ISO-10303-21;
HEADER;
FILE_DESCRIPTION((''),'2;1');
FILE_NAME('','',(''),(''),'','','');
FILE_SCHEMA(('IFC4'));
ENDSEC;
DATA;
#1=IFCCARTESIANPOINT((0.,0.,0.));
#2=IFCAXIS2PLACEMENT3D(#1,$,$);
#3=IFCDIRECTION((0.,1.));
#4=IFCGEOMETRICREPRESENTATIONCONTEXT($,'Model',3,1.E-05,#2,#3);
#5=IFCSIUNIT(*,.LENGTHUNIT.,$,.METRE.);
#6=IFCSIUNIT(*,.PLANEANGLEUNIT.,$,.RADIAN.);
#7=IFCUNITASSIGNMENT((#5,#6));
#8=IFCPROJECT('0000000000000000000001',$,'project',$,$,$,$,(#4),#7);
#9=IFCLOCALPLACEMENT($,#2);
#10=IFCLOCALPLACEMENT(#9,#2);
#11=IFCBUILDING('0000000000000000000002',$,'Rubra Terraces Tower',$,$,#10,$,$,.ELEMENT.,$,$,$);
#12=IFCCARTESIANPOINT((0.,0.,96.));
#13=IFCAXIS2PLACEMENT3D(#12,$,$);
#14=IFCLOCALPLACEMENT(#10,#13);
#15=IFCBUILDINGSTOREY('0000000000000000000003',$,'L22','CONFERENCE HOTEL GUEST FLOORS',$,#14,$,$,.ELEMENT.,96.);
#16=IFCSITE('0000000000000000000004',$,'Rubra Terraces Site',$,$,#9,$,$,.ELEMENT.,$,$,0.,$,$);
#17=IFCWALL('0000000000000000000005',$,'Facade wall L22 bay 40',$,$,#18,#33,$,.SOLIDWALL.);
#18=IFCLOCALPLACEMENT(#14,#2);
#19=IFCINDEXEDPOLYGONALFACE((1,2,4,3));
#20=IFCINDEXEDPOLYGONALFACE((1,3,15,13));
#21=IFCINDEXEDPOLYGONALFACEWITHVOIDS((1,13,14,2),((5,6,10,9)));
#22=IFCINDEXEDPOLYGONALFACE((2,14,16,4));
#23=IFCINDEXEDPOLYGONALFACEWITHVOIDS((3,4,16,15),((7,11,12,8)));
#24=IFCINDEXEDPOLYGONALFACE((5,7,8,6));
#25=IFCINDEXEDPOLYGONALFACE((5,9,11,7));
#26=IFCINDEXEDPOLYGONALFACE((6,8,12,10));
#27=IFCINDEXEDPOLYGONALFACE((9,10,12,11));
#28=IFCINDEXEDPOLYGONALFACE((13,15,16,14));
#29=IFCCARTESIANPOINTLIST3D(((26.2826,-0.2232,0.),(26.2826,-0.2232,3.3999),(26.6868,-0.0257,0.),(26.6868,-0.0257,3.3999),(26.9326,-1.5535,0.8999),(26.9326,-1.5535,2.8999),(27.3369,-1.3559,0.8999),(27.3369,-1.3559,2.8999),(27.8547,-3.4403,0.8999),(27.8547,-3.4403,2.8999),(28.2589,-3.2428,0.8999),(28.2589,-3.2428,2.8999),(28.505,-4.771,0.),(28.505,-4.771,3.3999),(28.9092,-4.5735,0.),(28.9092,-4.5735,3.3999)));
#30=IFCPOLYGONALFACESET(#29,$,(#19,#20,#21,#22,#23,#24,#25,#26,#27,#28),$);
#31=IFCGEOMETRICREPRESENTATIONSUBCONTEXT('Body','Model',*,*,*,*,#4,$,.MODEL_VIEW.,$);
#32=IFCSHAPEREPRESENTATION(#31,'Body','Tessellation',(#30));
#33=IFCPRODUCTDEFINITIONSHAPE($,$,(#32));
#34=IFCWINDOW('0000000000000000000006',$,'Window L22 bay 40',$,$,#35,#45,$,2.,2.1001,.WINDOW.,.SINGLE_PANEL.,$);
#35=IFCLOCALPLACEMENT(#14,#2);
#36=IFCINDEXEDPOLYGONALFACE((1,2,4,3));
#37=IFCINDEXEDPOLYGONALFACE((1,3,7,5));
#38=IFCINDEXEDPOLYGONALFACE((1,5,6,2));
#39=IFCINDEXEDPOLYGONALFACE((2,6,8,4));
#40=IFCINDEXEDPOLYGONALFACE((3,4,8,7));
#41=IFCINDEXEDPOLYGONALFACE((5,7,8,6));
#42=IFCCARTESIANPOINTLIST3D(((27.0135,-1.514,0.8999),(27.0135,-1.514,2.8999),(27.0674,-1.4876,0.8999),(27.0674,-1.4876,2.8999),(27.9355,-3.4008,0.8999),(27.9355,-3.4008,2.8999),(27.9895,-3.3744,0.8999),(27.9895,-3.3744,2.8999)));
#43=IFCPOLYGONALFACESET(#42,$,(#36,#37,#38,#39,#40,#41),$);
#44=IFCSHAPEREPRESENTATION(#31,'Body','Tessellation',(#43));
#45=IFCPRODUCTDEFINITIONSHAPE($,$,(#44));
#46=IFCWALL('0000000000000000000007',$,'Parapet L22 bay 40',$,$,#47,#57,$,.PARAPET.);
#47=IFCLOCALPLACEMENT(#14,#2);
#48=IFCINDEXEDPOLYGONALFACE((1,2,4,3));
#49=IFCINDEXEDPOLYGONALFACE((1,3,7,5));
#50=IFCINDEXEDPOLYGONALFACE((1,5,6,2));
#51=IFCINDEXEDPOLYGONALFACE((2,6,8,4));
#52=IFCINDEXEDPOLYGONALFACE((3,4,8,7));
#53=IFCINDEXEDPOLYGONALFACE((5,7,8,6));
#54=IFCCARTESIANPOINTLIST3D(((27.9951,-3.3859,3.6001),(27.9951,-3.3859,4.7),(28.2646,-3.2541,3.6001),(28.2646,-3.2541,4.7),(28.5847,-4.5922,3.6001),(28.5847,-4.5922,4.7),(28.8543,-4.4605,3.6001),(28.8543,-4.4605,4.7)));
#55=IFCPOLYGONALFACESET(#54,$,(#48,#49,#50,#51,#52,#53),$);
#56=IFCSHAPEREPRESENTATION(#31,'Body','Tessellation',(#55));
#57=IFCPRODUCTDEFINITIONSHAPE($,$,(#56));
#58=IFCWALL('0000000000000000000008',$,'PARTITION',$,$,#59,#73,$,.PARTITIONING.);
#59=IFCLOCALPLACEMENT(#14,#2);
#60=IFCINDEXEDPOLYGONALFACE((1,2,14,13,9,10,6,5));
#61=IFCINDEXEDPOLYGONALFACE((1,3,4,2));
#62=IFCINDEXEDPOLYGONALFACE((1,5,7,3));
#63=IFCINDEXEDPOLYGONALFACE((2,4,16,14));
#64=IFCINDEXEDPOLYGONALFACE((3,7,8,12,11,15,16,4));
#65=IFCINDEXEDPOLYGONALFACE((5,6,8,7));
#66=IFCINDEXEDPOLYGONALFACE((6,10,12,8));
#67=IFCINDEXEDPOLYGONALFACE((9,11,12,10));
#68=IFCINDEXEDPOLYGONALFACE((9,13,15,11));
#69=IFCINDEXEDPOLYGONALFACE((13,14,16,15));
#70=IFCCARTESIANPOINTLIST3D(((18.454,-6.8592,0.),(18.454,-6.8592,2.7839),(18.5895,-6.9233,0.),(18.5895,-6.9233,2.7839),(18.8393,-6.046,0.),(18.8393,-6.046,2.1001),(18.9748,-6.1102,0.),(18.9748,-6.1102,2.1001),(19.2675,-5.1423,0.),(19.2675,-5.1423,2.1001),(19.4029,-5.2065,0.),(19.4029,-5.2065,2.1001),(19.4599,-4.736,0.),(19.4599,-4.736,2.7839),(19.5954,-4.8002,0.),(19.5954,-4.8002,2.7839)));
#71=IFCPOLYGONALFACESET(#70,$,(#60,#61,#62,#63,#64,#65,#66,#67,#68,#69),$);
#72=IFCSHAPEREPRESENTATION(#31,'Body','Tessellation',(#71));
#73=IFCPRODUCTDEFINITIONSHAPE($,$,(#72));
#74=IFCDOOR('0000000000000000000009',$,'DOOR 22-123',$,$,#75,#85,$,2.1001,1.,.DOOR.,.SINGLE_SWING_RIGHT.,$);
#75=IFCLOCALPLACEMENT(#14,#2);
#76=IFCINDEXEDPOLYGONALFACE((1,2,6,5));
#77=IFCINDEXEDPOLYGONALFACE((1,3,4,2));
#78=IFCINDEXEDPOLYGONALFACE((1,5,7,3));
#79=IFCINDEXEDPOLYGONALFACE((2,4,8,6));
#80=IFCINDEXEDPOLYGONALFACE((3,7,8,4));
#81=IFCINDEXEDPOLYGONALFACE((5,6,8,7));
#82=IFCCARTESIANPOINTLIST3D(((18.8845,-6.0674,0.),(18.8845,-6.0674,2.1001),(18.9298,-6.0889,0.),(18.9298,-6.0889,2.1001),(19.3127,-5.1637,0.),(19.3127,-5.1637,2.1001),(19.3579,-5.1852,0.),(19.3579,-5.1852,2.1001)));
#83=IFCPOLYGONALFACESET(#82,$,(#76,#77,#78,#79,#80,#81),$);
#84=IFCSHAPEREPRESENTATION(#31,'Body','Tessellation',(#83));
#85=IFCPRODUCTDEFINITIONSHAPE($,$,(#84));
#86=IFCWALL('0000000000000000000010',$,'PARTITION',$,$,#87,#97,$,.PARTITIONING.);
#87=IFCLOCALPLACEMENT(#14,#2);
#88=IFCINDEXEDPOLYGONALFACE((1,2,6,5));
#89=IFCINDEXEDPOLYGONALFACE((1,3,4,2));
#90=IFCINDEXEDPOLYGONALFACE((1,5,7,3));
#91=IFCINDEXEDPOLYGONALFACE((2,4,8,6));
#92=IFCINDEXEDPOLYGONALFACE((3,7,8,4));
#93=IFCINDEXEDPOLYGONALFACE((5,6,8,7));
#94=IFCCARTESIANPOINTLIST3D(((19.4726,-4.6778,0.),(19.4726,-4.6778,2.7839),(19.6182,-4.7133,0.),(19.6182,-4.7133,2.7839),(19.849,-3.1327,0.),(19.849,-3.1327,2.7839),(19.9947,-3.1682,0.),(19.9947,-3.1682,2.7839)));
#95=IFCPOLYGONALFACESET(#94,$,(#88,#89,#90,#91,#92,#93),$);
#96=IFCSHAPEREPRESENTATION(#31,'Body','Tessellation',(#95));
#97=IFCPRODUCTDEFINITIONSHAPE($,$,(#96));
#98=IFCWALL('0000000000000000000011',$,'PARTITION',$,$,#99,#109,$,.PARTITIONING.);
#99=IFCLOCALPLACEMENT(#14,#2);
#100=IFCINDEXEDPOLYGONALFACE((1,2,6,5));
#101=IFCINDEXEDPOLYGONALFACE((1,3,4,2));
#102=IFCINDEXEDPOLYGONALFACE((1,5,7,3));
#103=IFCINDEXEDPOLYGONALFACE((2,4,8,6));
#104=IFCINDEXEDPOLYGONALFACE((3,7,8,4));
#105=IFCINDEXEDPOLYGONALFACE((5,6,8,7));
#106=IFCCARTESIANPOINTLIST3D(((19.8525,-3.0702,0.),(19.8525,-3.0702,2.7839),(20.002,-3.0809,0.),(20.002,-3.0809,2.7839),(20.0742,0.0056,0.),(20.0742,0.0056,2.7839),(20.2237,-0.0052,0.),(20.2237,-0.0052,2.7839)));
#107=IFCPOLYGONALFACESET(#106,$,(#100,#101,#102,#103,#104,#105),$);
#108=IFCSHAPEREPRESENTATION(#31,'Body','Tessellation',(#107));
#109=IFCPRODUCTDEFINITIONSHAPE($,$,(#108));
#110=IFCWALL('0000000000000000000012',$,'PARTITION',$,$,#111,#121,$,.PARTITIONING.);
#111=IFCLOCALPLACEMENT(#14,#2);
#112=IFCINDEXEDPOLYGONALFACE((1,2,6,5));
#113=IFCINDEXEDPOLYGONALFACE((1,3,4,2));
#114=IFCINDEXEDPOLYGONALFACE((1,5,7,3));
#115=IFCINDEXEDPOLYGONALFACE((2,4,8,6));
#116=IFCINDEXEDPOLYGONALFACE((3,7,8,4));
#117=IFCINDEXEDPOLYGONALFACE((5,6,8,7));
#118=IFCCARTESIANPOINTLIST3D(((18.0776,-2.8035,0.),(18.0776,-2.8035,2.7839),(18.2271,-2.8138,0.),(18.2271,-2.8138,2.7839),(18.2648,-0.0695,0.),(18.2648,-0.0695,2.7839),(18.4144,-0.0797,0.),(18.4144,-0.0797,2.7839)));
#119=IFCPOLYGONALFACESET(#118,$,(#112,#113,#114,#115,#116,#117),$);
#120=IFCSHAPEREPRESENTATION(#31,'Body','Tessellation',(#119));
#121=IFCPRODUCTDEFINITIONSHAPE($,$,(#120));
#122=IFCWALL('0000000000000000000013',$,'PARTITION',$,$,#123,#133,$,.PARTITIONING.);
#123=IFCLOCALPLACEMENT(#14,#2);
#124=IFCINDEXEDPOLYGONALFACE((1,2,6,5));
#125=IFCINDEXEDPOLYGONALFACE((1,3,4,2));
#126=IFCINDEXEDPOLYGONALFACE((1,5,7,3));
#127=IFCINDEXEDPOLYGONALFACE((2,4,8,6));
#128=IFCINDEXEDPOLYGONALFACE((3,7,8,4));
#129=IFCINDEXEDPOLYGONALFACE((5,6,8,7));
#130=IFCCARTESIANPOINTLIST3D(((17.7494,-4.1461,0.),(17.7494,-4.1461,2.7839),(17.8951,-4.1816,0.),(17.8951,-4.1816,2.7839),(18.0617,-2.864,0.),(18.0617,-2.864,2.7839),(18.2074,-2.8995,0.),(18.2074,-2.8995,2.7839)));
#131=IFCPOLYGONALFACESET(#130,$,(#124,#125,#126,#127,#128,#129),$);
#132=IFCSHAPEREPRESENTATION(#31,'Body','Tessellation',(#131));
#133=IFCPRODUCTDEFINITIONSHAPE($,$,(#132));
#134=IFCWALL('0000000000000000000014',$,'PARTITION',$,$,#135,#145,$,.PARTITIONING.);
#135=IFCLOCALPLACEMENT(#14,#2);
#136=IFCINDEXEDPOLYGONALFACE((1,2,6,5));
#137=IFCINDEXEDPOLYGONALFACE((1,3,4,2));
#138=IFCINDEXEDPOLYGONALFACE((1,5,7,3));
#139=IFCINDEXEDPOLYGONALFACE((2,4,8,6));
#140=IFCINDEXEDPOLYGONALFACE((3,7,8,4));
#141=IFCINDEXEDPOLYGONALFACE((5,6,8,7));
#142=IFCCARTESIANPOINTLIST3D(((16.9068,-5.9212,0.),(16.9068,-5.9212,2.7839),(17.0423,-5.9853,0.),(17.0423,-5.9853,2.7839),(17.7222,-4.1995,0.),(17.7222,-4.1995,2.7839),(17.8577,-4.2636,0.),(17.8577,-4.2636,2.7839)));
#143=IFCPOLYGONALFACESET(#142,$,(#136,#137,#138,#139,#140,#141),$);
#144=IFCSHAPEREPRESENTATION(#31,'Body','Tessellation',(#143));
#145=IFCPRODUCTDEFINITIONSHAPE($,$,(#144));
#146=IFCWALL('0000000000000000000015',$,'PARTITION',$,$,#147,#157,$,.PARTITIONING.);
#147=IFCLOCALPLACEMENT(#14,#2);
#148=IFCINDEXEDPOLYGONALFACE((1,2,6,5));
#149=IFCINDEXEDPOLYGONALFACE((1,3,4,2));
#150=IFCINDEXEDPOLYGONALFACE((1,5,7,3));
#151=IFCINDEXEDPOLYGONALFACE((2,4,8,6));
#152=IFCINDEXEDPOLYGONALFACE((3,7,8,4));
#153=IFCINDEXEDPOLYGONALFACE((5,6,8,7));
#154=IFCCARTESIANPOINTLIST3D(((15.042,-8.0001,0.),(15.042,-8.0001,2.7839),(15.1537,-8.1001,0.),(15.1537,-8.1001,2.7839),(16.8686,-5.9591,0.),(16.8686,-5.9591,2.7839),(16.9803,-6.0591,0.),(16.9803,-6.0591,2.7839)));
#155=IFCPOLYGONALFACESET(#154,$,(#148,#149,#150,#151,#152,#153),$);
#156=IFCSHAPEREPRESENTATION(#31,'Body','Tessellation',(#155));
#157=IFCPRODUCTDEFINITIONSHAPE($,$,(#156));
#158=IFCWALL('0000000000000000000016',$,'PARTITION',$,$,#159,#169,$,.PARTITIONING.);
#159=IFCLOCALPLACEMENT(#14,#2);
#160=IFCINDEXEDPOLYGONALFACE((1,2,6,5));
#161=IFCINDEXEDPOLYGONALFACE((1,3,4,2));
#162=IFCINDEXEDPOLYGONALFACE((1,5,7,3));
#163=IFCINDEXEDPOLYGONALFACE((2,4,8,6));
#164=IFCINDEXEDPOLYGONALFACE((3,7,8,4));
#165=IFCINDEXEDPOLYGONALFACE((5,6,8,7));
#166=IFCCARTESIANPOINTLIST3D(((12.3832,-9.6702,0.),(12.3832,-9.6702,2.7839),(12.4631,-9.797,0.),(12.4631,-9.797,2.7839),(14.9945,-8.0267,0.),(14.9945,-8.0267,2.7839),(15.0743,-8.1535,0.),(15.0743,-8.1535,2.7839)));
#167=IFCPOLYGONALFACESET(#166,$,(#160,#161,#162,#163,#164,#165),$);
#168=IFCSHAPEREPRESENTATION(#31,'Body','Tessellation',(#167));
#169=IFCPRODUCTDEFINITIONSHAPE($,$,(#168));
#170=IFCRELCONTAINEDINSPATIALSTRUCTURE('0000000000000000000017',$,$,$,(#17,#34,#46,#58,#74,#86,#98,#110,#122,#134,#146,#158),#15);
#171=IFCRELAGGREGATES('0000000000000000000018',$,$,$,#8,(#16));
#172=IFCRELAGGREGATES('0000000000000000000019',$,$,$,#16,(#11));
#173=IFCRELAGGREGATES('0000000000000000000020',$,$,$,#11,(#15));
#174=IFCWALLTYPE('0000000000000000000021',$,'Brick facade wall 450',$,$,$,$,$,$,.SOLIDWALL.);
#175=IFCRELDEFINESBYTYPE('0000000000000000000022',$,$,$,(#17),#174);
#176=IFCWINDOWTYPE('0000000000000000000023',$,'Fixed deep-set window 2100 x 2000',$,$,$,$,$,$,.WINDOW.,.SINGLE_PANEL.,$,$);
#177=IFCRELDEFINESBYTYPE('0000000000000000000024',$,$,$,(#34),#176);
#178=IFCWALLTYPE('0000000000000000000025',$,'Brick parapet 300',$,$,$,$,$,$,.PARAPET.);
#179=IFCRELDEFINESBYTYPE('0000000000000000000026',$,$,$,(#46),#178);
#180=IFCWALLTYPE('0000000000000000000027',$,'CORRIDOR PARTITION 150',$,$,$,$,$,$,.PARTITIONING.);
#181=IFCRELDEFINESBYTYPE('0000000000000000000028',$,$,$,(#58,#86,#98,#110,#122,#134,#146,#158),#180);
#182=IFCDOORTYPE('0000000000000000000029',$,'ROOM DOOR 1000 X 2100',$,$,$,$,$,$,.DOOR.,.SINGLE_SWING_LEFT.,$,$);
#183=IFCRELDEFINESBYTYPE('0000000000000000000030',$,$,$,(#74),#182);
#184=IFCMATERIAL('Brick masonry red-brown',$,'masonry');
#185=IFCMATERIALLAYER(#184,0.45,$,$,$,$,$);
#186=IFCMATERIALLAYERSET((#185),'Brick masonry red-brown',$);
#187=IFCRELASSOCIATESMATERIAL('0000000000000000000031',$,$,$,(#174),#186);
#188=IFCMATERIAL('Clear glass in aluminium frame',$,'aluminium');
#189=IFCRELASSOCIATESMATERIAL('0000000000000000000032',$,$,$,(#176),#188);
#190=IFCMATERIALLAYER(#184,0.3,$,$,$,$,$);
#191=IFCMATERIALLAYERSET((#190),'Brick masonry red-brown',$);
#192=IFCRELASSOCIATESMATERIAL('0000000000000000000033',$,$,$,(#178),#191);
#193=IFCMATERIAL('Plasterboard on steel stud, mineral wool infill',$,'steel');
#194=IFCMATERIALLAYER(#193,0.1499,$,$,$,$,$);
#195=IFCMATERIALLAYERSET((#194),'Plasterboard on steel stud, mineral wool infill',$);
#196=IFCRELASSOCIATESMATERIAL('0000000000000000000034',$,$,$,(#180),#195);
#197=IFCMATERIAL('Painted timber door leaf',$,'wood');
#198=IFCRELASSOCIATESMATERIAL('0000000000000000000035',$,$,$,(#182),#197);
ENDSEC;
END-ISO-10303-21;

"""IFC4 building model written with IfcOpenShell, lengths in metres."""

from ifc_helpers import new_model, si_unit, direction, frame, frame_2d, origin, place, context, subcontext, project, spatial, rectangle, extrude, material, layer, layer_set, type_object, element, fill, save


model = new_model("IFC4")

# Units and contexts
model_context = context("Model", 3, precision=1e-05, world=origin(), true_north=direction((0.0, 1.0)))
body_context = subcontext(model_context, "Body", "Model", "MODEL_VIEW")
ifc_project = project(units=[si_unit("LENGTHUNIT", "METRE"), si_unit("PLANEANGLEUNIT", "RADIAN")], contexts=[model_context])

# Site, building, storey
site_placement = place(None, origin())
site = spatial("IfcSite", under=ifc_project, at=site_placement, Name="Rubra Terraces Site", CompositionType="ELEMENT", RefElevation=0.0)
building_placement = place(site_placement, origin())
building = spatial("IfcBuilding", under=site, at=building_placement, Name="Rubra Terraces Tower", CompositionType="ELEMENT")
storey_placement = place(building_placement, frame((0.0, 0.0, 96.0)))
storey = spatial("IfcBuildingStorey", under=building, at=storey_placement, Name="L22", Description="CONFERENCE HOTEL GUEST FLOORS", CompositionType="ELEMENT", Elevation=96.0)

# Wall, opening, window
ifc_material_1 = material(Name="Brick masonry red-brown", Category="masonry")
ifc_layer_1 = layer(ifc_material_1, 0.45)
ifc_layer_set_1 = layer_set([ifc_layer_1], Name="Brick masonry red-brown")
wall_type_1 = type_object("IfcWallType", Name="Brick facade wall 450", PredefinedType="SOLIDWALL", material=ifc_layer_set_1)
ifc_material_2 = material(Name="Clear glass in aluminium frame", Category="aluminium")
window_type = type_object("IfcWindowType", Name="Fixed deep-set window 2100 x 2000", PartitioningType="SINGLE_PANEL", PredefinedType="WINDOW", material=ifc_material_2)
wall_1_placement = place(storey_placement, frame((28.707, -4.6721, 0.0), z_axis=(0.0, 0.0, 1.0), x_axis=(-0.439054, 0.898461, 0.0)))
wall_1 = element("IfcWall", 1, at=wall_1_placement, inside=storey, type_object=wall_type_1, Name="Facade wall L22 bay 40", PredefinedType="SOLIDWALL", context=body_context, shape_type="SweptSolid", body=[
    extrude(rectangle(XDim=5.0618, YDim=0.45, at=frame_2d((2.5308, 0.0))), origin(), (0.0, 0.0, 1.0), 3.3999),
])
opening_1_placement = place(wall_1_placement, frame((1.481, 0.0, 0.8999)))
opening_1 = element("IfcOpeningElement", 2, at=opening_1_placement, cuts=wall_1, PredefinedType="OPENING", context=body_context, shape_type="SweptSolid", body=[
    extrude(rectangle(XDim=2.1001, YDim=2.0, at=frame_2d((1.05, 1.0))), frame((0.0, 0.2349, 0.0), z_axis=(0.0, -1.0, 0.0), x_axis=(1.0, 0.0, 0.0)), (0.0, 0.0, 1.0), 0.47),
])
window_1_placement = place(opening_1_placement, origin())
window_1 = element("IfcWindow", 3, at=window_1_placement, inside=storey, type_object=window_type, Name="Window L22 bay 40", OverallHeight=2.0, OverallWidth=2.1001, PartitioningType="SINGLE_PANEL", PredefinedType="WINDOW", context=body_context, shape_type="SweptSolid", body=[
    extrude(rectangle(XDim=2.1001, YDim=2.0, at=frame_2d((1.05, 1.0))), frame((0.0, 0.135, 0.0), z_axis=(0.0, -1.0, 0.0), x_axis=(1.0, 0.0, 0.0)), (0.0, 0.0, 1.0), 0.0601),
])
fill(opening_1, window_1)

# Wall
ifc_layer_2 = layer(ifc_material_1, 0.3)
ifc_layer_set_2 = layer_set([ifc_layer_2], Name="Brick masonry red-brown")
wall_type_2 = type_object("IfcWallType", Name="Brick parapet 300", PredefinedType="PARAPET", material=ifc_layer_set_2)
wall_2_placement = place(storey_placement, frame((28.7195, -4.5264, 3.6001), z_axis=(0.0, 0.0, 1.0), x_axis=(-0.439122, 0.898427, 0.0)))
element("IfcWall", 4, at=wall_2_placement, inside=storey, type_object=wall_type_2, Name="Parapet L22 bay 40", PredefinedType="PARAPET", context=body_context, shape_type="SweptSolid", body=[
    extrude(rectangle(XDim=1.3428, YDim=0.3, at=frame_2d((0.6714, 0.0))), origin(), (0.0, 0.0, 1.0), 1.0999),
])

# Wall, opening, door
ifc_material_3 = material(Name="Plasterboard on steel stud, mineral wool infill", Category="steel")
ifc_layer_3 = layer(ifc_material_3, 0.1499)
ifc_layer_set_3 = layer_set([ifc_layer_3], Name="Plasterboard on steel stud, mineral wool infill")
wall_type_3 = type_object("IfcWallType", Name="CORRIDOR PARTITION 150", PredefinedType="PARTITIONING", material=ifc_layer_set_3)
wall_3_placement = place(storey_placement, frame((18.5217, -6.8914, 0.0), z_axis=(0.0, 0.0, 1.0), x_axis=(0.428158, 0.903704, 0.0)))
wall_3 = element("IfcWall", 5, at=wall_3_placement, inside=storey, type_object=wall_type_3, Name="PARTITION", PredefinedType="PARTITIONING", context=body_context, shape_type="SweptSolid", body=[
    extrude(rectangle(XDim=2.3494, YDim=0.1499, at=frame_2d((1.1748, 0.0))), origin(), (0.0, 0.0, 1.0), 2.7839),
])
opening_2_placement = place(wall_3_placement, frame((0.8999, 0.0, 0.0)))
opening_2 = element("IfcOpeningElement", 6, at=opening_2_placement, cuts=wall_3, PredefinedType="OPENING", context=body_context, shape_type="SweptSolid", body=[
    extrude(rectangle(XDim=1.0, YDim=2.1001, at=frame_2d((0.5, 1.05))), frame((0.0, 0.085, 0.0), z_axis=(0.0, -1.0, 0.0), x_axis=(1.0, 0.0, 0.0)), (0.0, 0.0, 1.0), 0.1699),
])
ifc_material_4 = material(Name="Painted timber door leaf", Category="wood")
door_type_1 = type_object("IfcDoorType", Name="ROOM DOOR 1000 X 2100", OperationType="SINGLE_SWING_LEFT", PredefinedType="DOOR", material=ifc_material_4)
door_1_placement = place(opening_2_placement, origin())
door_1 = element("IfcDoor", 7, at=door_1_placement, inside=storey, type_object=door_type_1, Name="DOOR 22-123", OperationType="SINGLE_SWING_RIGHT", OverallHeight=2.1001, OverallWidth=1.0, PredefinedType="DOOR", context=body_context, shape_type="SweptSolid", body=[
    extrude(rectangle(XDim=1.0, YDim=2.1001, at=frame_2d((0.5, 1.05))), frame((0.0, 0.0249, 0.0), z_axis=(0.0, -1.0, 0.0), x_axis=(1.0, 0.0, 0.0)), (0.0, 0.0, 1.0), 0.05),
])
fill(opening_2, door_1)

# Walls
wall_4_placement = place(storey_placement, frame((19.5454, -4.6956, 0.0), z_axis=(0.0, 0.0, 1.0), x_axis=(0.236716, 0.971579, 0.0)))
element("IfcWall", 8, at=wall_4_placement, inside=storey, type_object=wall_type_3, Name="PARTITION", PredefinedType="PARTITIONING", context=body_context, shape_type="SweptSolid", body=[
    extrude(rectangle(XDim=1.5903, YDim=0.1499, at=frame_2d((0.7952, 0.0))), origin(), (0.0, 0.0, 1.0), 2.7839),
])
wall_5_placement = place(storey_placement, frame((19.9272, -3.0757, 0.0), z_axis=(0.0, 0.0, 1.0), x_axis=(0.071888, 0.997413, 0.0)))
element("IfcWall", 9, at=wall_5_placement, inside=storey, type_object=wall_type_3, Name="PARTITION", PredefinedType="PARTITIONING", context=body_context, shape_type="SweptSolid", body=[
    extrude(rectangle(XDim=3.0837, YDim=0.1499, at=frame_2d((1.542, 0.0))), origin(), (0.0, 0.0, 1.0), 2.7839),
])
wall_6_placement = place(storey_placement, frame((18.3396, -0.0747, 0.0), z_axis=(0.0, 0.0, 1.0), x_axis=(-0.068328, -0.997663, 0.0)))
element("IfcWall", 10, at=wall_6_placement, inside=storey, type_object=wall_type_3, Name="PARTITION", PredefinedType="PARTITIONING", context=body_context, shape_type="SweptSolid", body=[
    extrude(rectangle(XDim=2.7405, YDim=0.1499, at=frame_2d((1.3701, 0.0))), origin(), (0.0, 0.0, 1.0), 2.7839),
])
wall_7_placement = place(storey_placement, frame((18.1345, -2.8818, 0.0), z_axis=(0.0, 0.0, 1.0), x_axis=(-0.236654, -0.971594, 0.0)))
element("IfcWall", 11, at=wall_7_placement, inside=storey, type_object=wall_type_3, Name="PARTITION", PredefinedType="PARTITIONING", context=body_context, shape_type="SweptSolid", body=[
    extrude(rectangle(XDim=1.3196, YDim=0.1499, at=frame_2d((0.6597, 0.0))), origin(), (0.0, 0.0, 1.0), 2.7839),
])
wall_8_placement = place(storey_placement, frame((17.79, -4.2314, 0.0), z_axis=(0.0, 0.0, 1.0), x_axis=(-0.428042, -0.903759, 0.0)))
element("IfcWall", 12, at=wall_8_placement, inside=storey, type_object=wall_type_3, Name="PARTITION", PredefinedType="PARTITIONING", context=body_context, shape_type="SweptSolid", body=[
    extrude(rectangle(XDim=1.905, YDim=0.1499, at=frame_2d((0.9526, 0.0))), origin(), (0.0, 0.0, 1.0), 2.7839),
])
wall_9_placement = place(storey_placement, frame((16.9246, -6.009, 0.0), z_axis=(0.0, 0.0, 1.0), x_axis=(-0.666894, -0.745153, 0.0)))
element("IfcWall", 13, at=wall_9_placement, inside=storey, type_object=wall_type_3, Name="PARTITION", PredefinedType="PARTITIONING", context=body_context, shape_type="SweptSolid", body=[
    extrude(rectangle(XDim=2.739, YDim=0.1499, at=frame_2d((1.3696, 0.0))), origin(), (0.0, 0.0, 1.0), 2.7839),
])
wall_10_placement = place(storey_placement, frame((15.0344, -8.0901, 0.0), z_axis=(0.0, 0.0, 1.0), x_axis=(-0.846323, -0.532671, 0.0)))
element("IfcWall", 14, at=wall_10_placement, inside=storey, type_object=wall_type_3, Name="PARTITION", PredefinedType="PARTITIONING", context=body_context, shape_type="SweptSolid", body=[
    extrude(rectangle(XDim=3.0854, YDim=0.1499, at=frame_2d((1.5427, 0.0))), origin(), (0.0, 0.0, 1.0), 2.7839),
])

save(model, "model.ifc")
